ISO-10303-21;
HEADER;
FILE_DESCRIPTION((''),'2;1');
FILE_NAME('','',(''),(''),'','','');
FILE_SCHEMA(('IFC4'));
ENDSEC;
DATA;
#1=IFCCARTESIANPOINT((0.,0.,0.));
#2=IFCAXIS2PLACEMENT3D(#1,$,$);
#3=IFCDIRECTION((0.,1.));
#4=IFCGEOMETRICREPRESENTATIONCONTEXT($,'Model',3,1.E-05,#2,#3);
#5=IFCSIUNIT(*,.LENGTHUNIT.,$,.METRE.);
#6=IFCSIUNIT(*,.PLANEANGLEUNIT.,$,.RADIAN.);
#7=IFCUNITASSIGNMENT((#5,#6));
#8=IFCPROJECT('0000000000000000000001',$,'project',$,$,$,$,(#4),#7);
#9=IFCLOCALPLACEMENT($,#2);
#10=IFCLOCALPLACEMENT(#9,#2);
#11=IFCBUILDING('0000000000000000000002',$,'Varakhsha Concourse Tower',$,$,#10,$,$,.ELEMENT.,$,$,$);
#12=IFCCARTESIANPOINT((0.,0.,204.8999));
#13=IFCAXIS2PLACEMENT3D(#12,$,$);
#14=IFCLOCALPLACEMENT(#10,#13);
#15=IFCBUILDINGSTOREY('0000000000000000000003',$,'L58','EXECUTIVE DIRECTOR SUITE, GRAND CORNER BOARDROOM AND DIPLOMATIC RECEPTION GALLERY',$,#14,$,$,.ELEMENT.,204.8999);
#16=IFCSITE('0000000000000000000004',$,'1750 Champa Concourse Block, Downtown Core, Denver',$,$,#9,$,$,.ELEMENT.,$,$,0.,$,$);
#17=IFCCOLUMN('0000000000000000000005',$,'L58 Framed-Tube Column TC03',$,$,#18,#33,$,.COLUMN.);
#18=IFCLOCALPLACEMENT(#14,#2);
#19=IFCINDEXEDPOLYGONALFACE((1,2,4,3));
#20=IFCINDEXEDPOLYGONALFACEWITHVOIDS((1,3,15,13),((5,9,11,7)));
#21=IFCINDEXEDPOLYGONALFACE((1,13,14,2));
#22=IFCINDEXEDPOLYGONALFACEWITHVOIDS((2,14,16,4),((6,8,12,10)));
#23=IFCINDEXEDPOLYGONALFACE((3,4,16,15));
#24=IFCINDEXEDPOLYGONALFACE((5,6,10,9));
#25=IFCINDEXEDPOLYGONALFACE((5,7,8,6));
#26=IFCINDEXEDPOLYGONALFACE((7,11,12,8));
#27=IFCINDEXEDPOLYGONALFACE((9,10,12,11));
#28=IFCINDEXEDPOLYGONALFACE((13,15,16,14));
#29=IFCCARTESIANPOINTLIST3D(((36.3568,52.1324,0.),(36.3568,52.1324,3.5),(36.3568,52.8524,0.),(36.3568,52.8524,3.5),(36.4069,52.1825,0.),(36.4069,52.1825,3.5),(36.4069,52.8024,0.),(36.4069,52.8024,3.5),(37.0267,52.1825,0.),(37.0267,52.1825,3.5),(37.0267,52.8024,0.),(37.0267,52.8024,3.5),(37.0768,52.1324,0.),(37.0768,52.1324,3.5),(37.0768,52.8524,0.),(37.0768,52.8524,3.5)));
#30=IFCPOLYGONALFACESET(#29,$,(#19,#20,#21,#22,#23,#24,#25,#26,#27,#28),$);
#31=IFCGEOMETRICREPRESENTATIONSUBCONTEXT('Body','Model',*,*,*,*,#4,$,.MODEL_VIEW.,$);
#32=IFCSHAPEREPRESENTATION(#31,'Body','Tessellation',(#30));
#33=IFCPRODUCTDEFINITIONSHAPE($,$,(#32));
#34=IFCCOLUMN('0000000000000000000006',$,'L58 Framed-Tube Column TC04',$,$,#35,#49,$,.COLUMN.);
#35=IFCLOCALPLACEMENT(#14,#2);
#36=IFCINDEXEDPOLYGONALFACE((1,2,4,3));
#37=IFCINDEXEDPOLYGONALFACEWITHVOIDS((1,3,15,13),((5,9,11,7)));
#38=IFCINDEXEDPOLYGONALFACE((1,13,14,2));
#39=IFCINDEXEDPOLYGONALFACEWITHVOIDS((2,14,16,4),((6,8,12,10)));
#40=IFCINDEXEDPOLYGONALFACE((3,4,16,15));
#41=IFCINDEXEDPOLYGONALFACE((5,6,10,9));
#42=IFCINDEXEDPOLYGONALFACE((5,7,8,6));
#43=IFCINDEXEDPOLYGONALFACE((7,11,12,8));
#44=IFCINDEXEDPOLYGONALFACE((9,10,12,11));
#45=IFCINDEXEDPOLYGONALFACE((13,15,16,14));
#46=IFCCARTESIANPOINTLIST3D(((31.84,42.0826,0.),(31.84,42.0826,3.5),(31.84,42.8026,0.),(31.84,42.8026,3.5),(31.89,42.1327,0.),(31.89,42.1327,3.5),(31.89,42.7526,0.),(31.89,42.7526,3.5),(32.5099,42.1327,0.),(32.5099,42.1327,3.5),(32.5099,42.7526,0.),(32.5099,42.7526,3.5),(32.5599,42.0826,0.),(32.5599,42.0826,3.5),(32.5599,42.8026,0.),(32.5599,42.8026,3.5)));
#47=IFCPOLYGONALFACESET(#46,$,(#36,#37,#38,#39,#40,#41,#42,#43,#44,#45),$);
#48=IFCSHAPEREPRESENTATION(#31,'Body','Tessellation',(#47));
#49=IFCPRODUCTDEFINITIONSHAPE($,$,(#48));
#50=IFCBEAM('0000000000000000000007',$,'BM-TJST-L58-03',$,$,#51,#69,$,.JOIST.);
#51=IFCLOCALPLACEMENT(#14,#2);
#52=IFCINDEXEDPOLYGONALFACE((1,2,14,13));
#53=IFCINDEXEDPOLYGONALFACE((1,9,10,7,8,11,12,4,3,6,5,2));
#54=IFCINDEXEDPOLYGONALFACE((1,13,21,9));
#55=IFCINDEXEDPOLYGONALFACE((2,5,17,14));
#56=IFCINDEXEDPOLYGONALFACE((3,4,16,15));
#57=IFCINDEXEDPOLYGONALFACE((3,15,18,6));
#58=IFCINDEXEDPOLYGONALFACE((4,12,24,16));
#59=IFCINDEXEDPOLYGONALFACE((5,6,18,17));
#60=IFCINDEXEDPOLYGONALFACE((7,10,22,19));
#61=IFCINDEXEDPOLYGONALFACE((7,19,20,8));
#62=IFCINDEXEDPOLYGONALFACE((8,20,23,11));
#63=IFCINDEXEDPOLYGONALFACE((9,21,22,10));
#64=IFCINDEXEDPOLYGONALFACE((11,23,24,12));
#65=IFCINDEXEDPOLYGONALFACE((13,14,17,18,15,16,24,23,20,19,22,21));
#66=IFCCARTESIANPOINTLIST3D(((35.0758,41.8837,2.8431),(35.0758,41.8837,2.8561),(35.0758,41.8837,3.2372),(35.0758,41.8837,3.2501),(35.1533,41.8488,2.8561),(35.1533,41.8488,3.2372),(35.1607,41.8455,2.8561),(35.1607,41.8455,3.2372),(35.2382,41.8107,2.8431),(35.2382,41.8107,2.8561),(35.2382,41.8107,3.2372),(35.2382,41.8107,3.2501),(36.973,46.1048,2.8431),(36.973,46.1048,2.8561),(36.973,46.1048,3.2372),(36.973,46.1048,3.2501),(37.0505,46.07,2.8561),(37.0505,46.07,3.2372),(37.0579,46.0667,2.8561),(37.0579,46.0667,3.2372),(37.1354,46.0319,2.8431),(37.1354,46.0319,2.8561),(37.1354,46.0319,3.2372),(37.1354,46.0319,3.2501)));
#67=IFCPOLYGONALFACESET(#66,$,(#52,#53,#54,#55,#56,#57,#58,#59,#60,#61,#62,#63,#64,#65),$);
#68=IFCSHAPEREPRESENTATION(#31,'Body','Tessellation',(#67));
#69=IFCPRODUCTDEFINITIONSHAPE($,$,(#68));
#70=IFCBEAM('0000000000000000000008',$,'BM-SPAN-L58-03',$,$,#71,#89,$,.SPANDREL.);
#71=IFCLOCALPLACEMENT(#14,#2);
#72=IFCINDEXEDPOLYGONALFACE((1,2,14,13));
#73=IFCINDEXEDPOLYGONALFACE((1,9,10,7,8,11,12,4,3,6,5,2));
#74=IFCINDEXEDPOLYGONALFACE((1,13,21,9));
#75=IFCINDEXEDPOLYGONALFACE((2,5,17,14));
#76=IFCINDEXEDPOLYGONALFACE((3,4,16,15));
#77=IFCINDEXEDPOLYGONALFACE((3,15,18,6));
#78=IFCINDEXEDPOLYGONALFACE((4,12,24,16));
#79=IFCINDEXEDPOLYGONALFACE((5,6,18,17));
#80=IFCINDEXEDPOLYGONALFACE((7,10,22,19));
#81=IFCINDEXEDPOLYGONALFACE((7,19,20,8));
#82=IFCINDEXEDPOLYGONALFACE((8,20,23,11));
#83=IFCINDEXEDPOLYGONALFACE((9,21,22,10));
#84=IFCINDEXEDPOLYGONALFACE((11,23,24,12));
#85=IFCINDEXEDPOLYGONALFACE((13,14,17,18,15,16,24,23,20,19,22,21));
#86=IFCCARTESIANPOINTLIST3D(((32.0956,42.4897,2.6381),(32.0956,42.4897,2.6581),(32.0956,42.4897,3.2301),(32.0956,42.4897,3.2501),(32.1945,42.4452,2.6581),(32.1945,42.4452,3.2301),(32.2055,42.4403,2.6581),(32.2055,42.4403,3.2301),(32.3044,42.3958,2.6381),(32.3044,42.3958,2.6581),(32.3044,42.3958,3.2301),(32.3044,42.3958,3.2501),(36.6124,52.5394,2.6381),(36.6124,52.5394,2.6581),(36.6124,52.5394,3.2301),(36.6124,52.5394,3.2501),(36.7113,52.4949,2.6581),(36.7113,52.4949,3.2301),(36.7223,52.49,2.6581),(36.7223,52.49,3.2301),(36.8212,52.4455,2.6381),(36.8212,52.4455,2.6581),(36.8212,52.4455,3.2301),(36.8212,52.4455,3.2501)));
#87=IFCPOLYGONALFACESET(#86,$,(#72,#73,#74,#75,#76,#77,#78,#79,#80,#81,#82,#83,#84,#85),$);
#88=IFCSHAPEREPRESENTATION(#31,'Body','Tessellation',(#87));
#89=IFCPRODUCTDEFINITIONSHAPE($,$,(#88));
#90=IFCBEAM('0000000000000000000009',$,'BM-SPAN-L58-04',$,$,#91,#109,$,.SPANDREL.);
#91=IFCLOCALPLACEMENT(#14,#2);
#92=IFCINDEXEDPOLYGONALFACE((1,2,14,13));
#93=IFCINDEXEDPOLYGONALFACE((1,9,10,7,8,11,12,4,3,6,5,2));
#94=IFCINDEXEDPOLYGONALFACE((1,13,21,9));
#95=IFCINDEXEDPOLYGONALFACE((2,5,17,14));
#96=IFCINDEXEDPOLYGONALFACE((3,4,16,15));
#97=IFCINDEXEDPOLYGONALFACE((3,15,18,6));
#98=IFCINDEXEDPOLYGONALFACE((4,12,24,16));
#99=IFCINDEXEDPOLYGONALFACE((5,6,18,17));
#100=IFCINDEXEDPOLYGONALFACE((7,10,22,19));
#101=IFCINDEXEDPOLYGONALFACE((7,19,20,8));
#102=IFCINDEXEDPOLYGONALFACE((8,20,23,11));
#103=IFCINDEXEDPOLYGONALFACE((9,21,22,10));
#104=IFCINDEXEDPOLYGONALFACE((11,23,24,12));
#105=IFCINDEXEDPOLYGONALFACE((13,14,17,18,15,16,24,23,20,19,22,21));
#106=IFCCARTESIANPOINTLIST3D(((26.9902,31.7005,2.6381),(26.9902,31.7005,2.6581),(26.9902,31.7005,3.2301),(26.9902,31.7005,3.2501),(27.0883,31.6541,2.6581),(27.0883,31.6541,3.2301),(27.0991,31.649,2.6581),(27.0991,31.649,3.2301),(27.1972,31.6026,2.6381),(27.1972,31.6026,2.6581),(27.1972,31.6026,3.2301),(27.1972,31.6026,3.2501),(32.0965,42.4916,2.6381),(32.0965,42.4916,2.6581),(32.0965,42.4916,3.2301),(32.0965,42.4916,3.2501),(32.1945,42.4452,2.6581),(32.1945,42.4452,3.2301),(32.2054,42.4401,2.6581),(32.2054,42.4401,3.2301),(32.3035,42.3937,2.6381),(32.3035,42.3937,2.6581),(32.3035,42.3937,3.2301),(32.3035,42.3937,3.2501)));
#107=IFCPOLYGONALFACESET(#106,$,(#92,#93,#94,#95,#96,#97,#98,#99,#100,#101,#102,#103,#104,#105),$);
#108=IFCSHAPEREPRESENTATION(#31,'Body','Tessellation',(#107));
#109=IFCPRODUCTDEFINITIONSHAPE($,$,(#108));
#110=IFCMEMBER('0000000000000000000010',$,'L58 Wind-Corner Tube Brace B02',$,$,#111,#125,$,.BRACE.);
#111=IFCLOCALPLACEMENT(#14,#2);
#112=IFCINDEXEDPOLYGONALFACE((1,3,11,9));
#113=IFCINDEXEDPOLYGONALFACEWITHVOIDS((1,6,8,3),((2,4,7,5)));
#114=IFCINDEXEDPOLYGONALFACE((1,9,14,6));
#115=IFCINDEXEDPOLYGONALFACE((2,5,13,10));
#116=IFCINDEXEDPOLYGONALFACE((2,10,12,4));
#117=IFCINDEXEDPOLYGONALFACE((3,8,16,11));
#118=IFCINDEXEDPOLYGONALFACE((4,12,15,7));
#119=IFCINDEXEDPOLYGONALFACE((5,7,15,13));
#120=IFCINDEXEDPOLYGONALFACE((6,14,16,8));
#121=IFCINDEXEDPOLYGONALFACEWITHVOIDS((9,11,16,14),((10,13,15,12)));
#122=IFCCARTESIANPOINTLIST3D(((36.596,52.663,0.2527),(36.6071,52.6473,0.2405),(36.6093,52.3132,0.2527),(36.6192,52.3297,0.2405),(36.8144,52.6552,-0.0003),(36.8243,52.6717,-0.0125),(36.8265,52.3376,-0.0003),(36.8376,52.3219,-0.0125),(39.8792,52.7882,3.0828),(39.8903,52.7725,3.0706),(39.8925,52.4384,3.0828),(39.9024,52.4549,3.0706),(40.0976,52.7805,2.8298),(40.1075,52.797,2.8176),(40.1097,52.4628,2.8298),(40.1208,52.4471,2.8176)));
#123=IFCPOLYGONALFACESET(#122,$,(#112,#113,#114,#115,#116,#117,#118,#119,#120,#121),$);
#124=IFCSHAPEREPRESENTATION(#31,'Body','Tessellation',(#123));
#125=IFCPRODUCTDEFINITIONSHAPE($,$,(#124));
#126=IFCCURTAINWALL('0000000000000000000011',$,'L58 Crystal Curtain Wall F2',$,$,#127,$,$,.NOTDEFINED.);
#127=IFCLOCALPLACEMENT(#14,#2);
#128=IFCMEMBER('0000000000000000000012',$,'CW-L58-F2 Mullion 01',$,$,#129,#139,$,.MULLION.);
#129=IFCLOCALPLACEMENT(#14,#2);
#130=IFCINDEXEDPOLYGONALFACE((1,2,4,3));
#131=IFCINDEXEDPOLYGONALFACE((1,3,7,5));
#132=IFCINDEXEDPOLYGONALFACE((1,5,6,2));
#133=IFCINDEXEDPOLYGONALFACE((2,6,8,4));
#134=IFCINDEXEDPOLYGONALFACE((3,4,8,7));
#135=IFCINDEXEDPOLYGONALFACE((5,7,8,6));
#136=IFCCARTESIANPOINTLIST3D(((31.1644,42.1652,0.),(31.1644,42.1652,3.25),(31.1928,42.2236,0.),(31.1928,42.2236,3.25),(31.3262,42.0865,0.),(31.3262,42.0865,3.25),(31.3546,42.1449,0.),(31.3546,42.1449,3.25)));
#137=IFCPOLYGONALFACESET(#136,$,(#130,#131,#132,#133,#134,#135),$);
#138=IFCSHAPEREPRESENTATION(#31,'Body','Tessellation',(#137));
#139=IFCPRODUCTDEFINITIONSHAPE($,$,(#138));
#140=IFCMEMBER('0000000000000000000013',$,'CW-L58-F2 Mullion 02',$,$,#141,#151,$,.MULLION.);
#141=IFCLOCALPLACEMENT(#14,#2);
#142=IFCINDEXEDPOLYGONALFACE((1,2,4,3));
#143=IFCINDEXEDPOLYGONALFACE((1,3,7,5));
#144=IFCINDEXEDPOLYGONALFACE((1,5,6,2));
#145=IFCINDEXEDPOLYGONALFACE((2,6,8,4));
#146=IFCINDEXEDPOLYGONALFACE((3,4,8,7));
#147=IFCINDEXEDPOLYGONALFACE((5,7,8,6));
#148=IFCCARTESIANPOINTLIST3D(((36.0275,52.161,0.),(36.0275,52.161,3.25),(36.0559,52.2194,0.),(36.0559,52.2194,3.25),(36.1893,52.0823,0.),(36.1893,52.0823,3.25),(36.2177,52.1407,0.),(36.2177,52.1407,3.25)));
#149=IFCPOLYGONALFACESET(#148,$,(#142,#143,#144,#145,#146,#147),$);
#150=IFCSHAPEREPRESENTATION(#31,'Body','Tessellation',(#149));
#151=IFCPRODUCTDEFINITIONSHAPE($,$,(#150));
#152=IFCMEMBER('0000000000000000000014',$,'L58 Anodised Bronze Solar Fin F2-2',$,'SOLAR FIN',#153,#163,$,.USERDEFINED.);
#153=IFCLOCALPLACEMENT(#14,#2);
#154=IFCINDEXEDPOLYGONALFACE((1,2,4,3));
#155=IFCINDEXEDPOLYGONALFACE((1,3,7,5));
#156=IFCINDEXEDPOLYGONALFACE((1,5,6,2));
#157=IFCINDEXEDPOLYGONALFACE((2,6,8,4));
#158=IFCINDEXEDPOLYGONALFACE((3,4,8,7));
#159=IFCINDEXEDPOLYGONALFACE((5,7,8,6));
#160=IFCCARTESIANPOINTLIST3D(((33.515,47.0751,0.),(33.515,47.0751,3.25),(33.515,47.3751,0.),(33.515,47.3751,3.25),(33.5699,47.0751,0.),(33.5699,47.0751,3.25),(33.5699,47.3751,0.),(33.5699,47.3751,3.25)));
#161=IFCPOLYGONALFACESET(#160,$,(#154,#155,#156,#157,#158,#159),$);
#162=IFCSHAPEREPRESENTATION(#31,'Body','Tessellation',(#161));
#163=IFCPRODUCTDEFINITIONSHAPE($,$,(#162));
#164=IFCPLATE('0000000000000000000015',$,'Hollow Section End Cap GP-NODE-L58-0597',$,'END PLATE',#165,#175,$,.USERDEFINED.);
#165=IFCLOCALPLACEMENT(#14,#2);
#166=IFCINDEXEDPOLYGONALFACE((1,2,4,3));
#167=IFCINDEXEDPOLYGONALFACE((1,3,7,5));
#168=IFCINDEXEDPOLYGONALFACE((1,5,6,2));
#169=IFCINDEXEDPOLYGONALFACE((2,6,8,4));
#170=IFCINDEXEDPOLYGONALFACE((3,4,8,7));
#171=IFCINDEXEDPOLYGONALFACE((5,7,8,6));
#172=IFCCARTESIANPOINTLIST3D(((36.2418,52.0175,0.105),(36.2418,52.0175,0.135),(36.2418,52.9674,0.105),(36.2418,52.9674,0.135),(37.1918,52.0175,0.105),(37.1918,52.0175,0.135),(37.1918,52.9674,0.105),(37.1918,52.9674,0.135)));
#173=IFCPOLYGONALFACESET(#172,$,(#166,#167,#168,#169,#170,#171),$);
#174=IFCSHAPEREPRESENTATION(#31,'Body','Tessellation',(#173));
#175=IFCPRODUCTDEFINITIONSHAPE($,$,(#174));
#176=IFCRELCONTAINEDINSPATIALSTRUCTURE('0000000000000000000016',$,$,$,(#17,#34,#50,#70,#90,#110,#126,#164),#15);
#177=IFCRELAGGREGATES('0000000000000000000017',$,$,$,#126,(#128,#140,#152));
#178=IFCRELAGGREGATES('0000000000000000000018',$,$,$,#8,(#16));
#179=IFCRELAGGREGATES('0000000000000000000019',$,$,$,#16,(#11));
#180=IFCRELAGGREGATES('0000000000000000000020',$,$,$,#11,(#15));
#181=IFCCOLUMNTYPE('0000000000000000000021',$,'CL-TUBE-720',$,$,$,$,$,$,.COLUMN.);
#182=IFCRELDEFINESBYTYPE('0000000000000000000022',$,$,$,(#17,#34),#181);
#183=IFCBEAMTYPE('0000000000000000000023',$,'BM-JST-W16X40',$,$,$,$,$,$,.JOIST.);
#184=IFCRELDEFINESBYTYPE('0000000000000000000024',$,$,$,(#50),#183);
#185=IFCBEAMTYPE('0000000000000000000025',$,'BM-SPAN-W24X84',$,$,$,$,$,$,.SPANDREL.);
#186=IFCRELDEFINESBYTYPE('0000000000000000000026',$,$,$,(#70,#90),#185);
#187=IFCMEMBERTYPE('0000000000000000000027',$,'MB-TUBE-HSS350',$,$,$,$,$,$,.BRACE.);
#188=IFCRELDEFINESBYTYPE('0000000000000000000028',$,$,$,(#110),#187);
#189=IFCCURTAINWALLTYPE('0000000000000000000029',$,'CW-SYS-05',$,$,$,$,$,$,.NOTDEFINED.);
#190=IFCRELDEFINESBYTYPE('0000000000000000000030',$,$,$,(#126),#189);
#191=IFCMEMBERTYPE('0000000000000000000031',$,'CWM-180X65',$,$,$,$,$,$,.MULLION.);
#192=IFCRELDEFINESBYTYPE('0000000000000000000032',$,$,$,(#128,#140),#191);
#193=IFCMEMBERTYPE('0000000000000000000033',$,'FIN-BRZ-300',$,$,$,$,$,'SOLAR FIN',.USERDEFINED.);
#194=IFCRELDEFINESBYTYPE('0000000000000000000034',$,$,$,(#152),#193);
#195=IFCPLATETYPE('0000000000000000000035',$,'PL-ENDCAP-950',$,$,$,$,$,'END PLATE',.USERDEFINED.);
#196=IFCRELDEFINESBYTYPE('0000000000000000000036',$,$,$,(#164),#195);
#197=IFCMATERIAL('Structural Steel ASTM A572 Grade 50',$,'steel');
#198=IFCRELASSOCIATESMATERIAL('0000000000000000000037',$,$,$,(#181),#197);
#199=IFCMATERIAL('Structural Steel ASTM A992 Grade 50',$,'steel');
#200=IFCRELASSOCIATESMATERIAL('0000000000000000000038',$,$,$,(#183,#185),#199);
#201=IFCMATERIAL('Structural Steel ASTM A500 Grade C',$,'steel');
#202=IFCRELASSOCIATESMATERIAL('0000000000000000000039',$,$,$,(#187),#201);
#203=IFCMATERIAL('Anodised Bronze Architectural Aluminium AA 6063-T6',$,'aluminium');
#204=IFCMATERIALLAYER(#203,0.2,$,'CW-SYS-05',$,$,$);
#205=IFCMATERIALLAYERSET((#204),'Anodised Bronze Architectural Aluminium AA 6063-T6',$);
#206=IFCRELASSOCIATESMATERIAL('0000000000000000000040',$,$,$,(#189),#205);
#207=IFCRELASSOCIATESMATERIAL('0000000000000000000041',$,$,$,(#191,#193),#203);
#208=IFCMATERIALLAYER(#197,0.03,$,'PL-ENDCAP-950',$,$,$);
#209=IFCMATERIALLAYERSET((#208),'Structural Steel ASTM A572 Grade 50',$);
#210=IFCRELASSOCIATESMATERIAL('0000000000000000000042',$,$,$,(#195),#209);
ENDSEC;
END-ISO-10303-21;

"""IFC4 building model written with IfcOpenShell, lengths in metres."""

from ifc_helpers import new_model, si_unit, direction, frame, origin, origin_2d, place, context, subcontext, project, spatial, rectangle, hollow_rectangle, i_section, extrude, source, transform, mapped, material, layer, layer_set, material_profile, profile_set, type_object, type_shapes, element, aggregate, save


model = new_model("IFC4")

# Units and contexts
model_context = context("Model", 3, precision=1e-05, world=origin(), true_north=direction((0.0, 1.0)))
body_context = subcontext(model_context, "Body", "Model", "MODEL_VIEW")
ifc_project = project(units=[si_unit("LENGTHUNIT", "METRE"), si_unit("PLANEANGLEUNIT", "RADIAN")], contexts=[model_context])

# Site, building, storey
site_placement = place(None, origin())
site = spatial("IfcSite", under=ifc_project, at=site_placement, Name="1750 Champa Concourse Block, Downtown Core, Denver", CompositionType="ELEMENT", RefElevation=0.0)
building_placement = place(site_placement, origin())
building = spatial("IfcBuilding", under=site, at=building_placement, Name="Varakhsha Concourse Tower", CompositionType="ELEMENT")
storey_placement = place(building_placement, frame((0.0, 0.0, 204.8999)))
storey = spatial("IfcBuildingStorey", under=building, at=storey_placement, Name="L58", Description="EXECUTIVE DIRECTOR SUITE, GRAND CORNER BOARDROOM AND DIPLOMATIC RECEPTION GALLERY", CompositionType="ELEMENT", Elevation=204.8999)

# Columns
ifc_material_1 = material(Name="Structural Steel ASTM A572 Grade 50", Category="steel")
ifc_material_profile_1 = material_profile(ifc_material_1, hollow_rectangle(XDim=0.72, YDim=0.72, WallThickness=0.05, at=origin_2d()), Name="BOX 720x720x50")
ifc_profile_set_1 = profile_set([ifc_material_profile_1], Name="Structural Steel ASTM A572 Grade 50")
column_type = type_object("IfcColumnType", Name="CL-TUBE-720", PredefinedType="COLUMN", material=ifc_profile_set_1)
for number, where, z_axis, x_axis, name in (
    (1, (36.7168, 52.4924, 0.0), (0.0, 0.0, 1.0), (1.0, 0.0, 0.0), "L58 Framed-Tube Column TC03"),
    (2, (32.2, 42.4426, 0.0), (0.0, 0.0, 1.0), (1.0, 0.0, 0.0), "L58 Framed-Tube Column TC04"),
):
    element("IfcColumn", number, at=place(storey_placement, frame(where, z_axis=z_axis, x_axis=x_axis)), inside=storey, type_object=column_type, Name=name, PredefinedType="COLUMN", context=body_context, shape_type="SweptSolid", body=[
        extrude(hollow_rectangle(XDim=0.72, YDim=0.72, WallThickness=0.05, at=origin_2d()), origin(), (0.0, 0.0, 1.0), 3.5),
    ])

# Beams
ifc_material_2 = material(Name="Structural Steel ASTM A992 Grade 50", Category="steel")
ifc_material_profile_2 = material_profile(ifc_material_2, i_section(OverallWidth=0.178, OverallDepth=0.407, WebThickness=0.0081, FlangeThickness=0.0129, at=origin_2d()), Name="W16X40")
ifc_profile_set_2 = profile_set([ifc_material_profile_2], Name="Structural Steel ASTM A992 Grade 50")
beam_type_1 = type_object("IfcBeamType", Name="BM-JST-W16X40", PredefinedType="JOIST", material=ifc_profile_set_2)
beam_1_placement = place(storey_placement, frame((37.0542, 46.0684, 3.0466), z_axis=(-0.409948, -0.912109, 0.0), x_axis=(0.912109, -0.409948, 0.0)))
element("IfcBeam", 3, at=beam_1_placement, inside=storey, type_object=beam_type_1, Name="BM-TJST-L58-03", PredefinedType="JOIST", context=body_context, shape_type="SweptSolid", body=[
    extrude(i_section(OverallWidth=0.178, OverallDepth=0.407, WebThickness=0.0081, FlangeThickness=0.0129, at=origin_2d()), origin(), (0.0, 0.0, 1.0), 4.6279),
])
ifc_material_profile_3 = material_profile(ifc_material_2, i_section(OverallWidth=0.229, OverallDepth=0.6121, WebThickness=0.012, FlangeThickness=0.02, at=origin_2d()), Name="W24X84")
ifc_profile_set_3 = profile_set([ifc_material_profile_3], Name="Structural Steel ASTM A992 Grade 50")
beam_type_2 = type_object("IfcBeamType", Name="BM-SPAN-W24X84", PredefinedType="SPANDREL", material=ifc_profile_set_3)
beam_2_placement = place(storey_placement, frame((36.7168, 52.4924, 2.9441), z_axis=(-0.409945, -0.91211, 0.0), x_axis=(0.91211, -0.409945, 0.0)))
element("IfcBeam", 4, at=beam_2_placement, inside=storey, type_object=beam_type_2, Name="BM-SPAN-L58-03", PredefinedType="SPANDREL", context=body_context, shape_type="SweptSolid", body=[
    extrude(i_section(OverallWidth=0.229, OverallDepth=0.6121, WebThickness=0.012, FlangeThickness=0.02, at=origin_2d()), origin(), (0.0, 0.0, 1.0), 11.0181),
])
beam_3_placement = place(storey_placement, frame((32.2, 42.4426, 2.9441), z_axis=(-0.427721, -0.903911, 0.0), x_axis=(0.903911, -0.427721, 0.0)))
element("IfcBeam", 5, at=beam_3_placement, inside=storey, type_object=beam_type_2, Name="BM-SPAN-L58-04", PredefinedType="SPANDREL", context=body_context, shape_type="SweptSolid", body=[
    extrude(i_section(OverallWidth=0.229, OverallDepth=0.6121, WebThickness=0.012, FlangeThickness=0.02, at=origin_2d()), origin(), (0.0, 0.0, 1.0), 11.9382),
])

# Member
ifc_material_3 = material(Name="Structural Steel ASTM A500 Grade C", Category="steel")
ifc_material_profile_4 = material_profile(ifc_material_3, hollow_rectangle(XDim=0.3501, YDim=0.3501, WallThickness=0.0161, at=origin_2d()), Name="HSS 350x350x16")
ifc_profile_set_4 = profile_set([ifc_material_profile_4], Name="Structural Steel ASTM A500 Grade C")
member_type_1 = type_object("IfcMemberType", Name="MB-TUBE-HSS350", PredefinedType="BRACE", material=ifc_profile_set_4)
shared_shape_1 = source(origin(), body_context, "Body", "SweptSolid", [
    extrude(hollow_rectangle(XDim=0.3501, YDim=0.3501, WallThickness=0.0161, at=origin_2d()), origin(), (0.0, 0.0, 1.0), 4.3364),
])
type_shapes(member_type_1, [shared_shape_1])
member_1_placement = place(storey_placement, frame((36.7168, 52.4924, 0.1201), z_axis=(0.757125, 0.028882, 0.652632), x_axis=(-0.038119, 0.999273, 0.0)))
element("IfcMember", 6, at=member_1_placement, inside=storey, type_object=member_type_1, Name="L58 Wind-Corner Tube Brace B02", PredefinedType="BRACE", context=body_context, shape_type="MappedRepresentation", body=[
    mapped(shared_shape_1, transform((0.0, 0.0, 0.0), scale=1.0)),
])

# Curtain wall, members
ifc_material_4 = material(Name="Anodised Bronze Architectural Aluminium AA 6063-T6", Category="aluminium")
ifc_layer_1 = layer(ifc_material_4, 0.2, Name="CW-SYS-05")
ifc_layer_set_1 = layer_set([ifc_layer_1], Name="Anodised Bronze Architectural Aluminium AA 6063-T6")
curtain_wall_type = type_object("IfcCurtainWallType", Name="CW-SYS-05", PredefinedType="NOTDEFINED", material=ifc_layer_set_1)
curtain_wall_placement = place(storey_placement, origin())
curtain_wall = element("IfcCurtainWall", 7, at=curtain_wall_placement, inside=storey, type_object=curtain_wall_type, Name="L58 Crystal Curtain Wall F2", PredefinedType="NOTDEFINED")
ifc_material_profile_5 = material_profile(ifc_material_4, rectangle(XDim=0.0649, YDim=0.1799, at=origin_2d()), Name="CWM-180X65")
ifc_profile_set_5 = profile_set([ifc_material_profile_5], Name="Anodised Bronze Architectural Aluminium AA 6063-T6")
member_type_2 = type_object("IfcMemberType", Name="CWM-180X65", PredefinedType="MULLION", material=ifc_profile_set_5)
shared_shape_2 = source(origin(), body_context, "Body", "SweptSolid", [
    extrude(rectangle(XDim=0.0649, YDim=0.1799, at=origin_2d()), origin(), (0.0, 0.0, 1.0), 3.25),
])
type_shapes(member_type_2, [shared_shape_2])
member_2_placement = place(storey_placement, frame((31.2595, 42.155, 0.0), z_axis=(0.0, 0.0, 1.0), x_axis=(0.437497, 0.89922, 0.0)))
member_2 = element("IfcMember", 8, at=member_2_placement, type_object=member_type_2, Name="CW-L58-F2 Mullion 01", PredefinedType="MULLION", context=body_context, shape_type="MappedRepresentation", body=[
    mapped(shared_shape_2, transform((0.0, 0.0, 0.0), scale=1.0)),
])
member_3_placement = place(storey_placement, frame((36.1226, 52.1509, 0.0), z_axis=(0.0, 0.0, 1.0), x_axis=(0.437497, 0.89922, 0.0)))
member_3 = element("IfcMember", 9, at=member_3_placement, type_object=member_type_2, Name="CW-L58-F2 Mullion 02", PredefinedType="MULLION", context=body_context, shape_type="MappedRepresentation", body=[
    mapped(shared_shape_2, transform((0.0, 0.0, 0.0), scale=1.0)),
])
ifc_material_profile_6 = material_profile(ifc_material_4, rectangle(XDim=0.0549, YDim=0.3, at=origin_2d()), Name="FIN-BRZ-300")
ifc_profile_set_6 = profile_set([ifc_material_profile_6], Name="Anodised Bronze Architectural Aluminium AA 6063-T6")
member_type_3 = type_object("IfcMemberType", Name="FIN-BRZ-300", ElementType="SOLAR FIN", PredefinedType="USERDEFINED", material=ifc_profile_set_6)
shared_shape_3 = source(origin(), body_context, "Body", "SweptSolid", [
    extrude(rectangle(XDim=0.0549, YDim=0.3, at=origin_2d()), origin(), (0.0, 0.0, 1.0), 3.25),
])
type_shapes(member_type_3, [shared_shape_3])
member_4_placement = place(storey_placement, frame((33.5425, 47.2251, 0.0), z_axis=(0.0, 0.0, 1.0), x_axis=(1.0, 0.0, 0.0)))
member_4 = element("IfcMember", 10, at=member_4_placement, type_object=member_type_3, Name="L58 Anodised Bronze Solar Fin F2-2", ObjectType="SOLAR FIN", PredefinedType="USERDEFINED", context=body_context, shape_type="MappedRepresentation", body=[
    mapped(shared_shape_3, transform((0.0, 0.0, 0.0), scale=1.0)),
])

# Plate
ifc_layer_2 = layer(ifc_material_1, 0.03, Name="PL-ENDCAP-950")
ifc_layer_set_2 = layer_set([ifc_layer_2], Name="Structural Steel ASTM A572 Grade 50")
plate_type_1 = type_object("IfcPlateType", Name="PL-ENDCAP-950", ElementType="END PLATE", PredefinedType="USERDEFINED", material=ifc_layer_set_2)
shared_shape_4 = source(origin(), body_context, "Body", "SweptSolid", [
    extrude(rectangle(XDim=0.95, YDim=0.95, at=origin_2d()), origin(), (0.0, 0.0, 1.0), 0.03),
])
type_shapes(plate_type_1, [shared_shape_4])
plate_1_placement = place(storey_placement, frame((36.7168, 52.4924, 0.105), z_axis=(0.0, 0.0, 1.0), x_axis=(1.0, 0.0, 0.0)))
element("IfcPlate", 11, at=plate_1_placement, inside=storey, type_object=plate_type_1, Name="Hollow Section End Cap GP-NODE-L58-0597", ObjectType="END PLATE", PredefinedType="USERDEFINED", context=body_context, shape_type="MappedRepresentation", body=[
    mapped(shared_shape_4, transform((0.0, 0.0, 0.0), scale=1.0)),
])
aggregate(curtain_wall, [member_2, member_3, member_4])

save(model, "model.ifc")
